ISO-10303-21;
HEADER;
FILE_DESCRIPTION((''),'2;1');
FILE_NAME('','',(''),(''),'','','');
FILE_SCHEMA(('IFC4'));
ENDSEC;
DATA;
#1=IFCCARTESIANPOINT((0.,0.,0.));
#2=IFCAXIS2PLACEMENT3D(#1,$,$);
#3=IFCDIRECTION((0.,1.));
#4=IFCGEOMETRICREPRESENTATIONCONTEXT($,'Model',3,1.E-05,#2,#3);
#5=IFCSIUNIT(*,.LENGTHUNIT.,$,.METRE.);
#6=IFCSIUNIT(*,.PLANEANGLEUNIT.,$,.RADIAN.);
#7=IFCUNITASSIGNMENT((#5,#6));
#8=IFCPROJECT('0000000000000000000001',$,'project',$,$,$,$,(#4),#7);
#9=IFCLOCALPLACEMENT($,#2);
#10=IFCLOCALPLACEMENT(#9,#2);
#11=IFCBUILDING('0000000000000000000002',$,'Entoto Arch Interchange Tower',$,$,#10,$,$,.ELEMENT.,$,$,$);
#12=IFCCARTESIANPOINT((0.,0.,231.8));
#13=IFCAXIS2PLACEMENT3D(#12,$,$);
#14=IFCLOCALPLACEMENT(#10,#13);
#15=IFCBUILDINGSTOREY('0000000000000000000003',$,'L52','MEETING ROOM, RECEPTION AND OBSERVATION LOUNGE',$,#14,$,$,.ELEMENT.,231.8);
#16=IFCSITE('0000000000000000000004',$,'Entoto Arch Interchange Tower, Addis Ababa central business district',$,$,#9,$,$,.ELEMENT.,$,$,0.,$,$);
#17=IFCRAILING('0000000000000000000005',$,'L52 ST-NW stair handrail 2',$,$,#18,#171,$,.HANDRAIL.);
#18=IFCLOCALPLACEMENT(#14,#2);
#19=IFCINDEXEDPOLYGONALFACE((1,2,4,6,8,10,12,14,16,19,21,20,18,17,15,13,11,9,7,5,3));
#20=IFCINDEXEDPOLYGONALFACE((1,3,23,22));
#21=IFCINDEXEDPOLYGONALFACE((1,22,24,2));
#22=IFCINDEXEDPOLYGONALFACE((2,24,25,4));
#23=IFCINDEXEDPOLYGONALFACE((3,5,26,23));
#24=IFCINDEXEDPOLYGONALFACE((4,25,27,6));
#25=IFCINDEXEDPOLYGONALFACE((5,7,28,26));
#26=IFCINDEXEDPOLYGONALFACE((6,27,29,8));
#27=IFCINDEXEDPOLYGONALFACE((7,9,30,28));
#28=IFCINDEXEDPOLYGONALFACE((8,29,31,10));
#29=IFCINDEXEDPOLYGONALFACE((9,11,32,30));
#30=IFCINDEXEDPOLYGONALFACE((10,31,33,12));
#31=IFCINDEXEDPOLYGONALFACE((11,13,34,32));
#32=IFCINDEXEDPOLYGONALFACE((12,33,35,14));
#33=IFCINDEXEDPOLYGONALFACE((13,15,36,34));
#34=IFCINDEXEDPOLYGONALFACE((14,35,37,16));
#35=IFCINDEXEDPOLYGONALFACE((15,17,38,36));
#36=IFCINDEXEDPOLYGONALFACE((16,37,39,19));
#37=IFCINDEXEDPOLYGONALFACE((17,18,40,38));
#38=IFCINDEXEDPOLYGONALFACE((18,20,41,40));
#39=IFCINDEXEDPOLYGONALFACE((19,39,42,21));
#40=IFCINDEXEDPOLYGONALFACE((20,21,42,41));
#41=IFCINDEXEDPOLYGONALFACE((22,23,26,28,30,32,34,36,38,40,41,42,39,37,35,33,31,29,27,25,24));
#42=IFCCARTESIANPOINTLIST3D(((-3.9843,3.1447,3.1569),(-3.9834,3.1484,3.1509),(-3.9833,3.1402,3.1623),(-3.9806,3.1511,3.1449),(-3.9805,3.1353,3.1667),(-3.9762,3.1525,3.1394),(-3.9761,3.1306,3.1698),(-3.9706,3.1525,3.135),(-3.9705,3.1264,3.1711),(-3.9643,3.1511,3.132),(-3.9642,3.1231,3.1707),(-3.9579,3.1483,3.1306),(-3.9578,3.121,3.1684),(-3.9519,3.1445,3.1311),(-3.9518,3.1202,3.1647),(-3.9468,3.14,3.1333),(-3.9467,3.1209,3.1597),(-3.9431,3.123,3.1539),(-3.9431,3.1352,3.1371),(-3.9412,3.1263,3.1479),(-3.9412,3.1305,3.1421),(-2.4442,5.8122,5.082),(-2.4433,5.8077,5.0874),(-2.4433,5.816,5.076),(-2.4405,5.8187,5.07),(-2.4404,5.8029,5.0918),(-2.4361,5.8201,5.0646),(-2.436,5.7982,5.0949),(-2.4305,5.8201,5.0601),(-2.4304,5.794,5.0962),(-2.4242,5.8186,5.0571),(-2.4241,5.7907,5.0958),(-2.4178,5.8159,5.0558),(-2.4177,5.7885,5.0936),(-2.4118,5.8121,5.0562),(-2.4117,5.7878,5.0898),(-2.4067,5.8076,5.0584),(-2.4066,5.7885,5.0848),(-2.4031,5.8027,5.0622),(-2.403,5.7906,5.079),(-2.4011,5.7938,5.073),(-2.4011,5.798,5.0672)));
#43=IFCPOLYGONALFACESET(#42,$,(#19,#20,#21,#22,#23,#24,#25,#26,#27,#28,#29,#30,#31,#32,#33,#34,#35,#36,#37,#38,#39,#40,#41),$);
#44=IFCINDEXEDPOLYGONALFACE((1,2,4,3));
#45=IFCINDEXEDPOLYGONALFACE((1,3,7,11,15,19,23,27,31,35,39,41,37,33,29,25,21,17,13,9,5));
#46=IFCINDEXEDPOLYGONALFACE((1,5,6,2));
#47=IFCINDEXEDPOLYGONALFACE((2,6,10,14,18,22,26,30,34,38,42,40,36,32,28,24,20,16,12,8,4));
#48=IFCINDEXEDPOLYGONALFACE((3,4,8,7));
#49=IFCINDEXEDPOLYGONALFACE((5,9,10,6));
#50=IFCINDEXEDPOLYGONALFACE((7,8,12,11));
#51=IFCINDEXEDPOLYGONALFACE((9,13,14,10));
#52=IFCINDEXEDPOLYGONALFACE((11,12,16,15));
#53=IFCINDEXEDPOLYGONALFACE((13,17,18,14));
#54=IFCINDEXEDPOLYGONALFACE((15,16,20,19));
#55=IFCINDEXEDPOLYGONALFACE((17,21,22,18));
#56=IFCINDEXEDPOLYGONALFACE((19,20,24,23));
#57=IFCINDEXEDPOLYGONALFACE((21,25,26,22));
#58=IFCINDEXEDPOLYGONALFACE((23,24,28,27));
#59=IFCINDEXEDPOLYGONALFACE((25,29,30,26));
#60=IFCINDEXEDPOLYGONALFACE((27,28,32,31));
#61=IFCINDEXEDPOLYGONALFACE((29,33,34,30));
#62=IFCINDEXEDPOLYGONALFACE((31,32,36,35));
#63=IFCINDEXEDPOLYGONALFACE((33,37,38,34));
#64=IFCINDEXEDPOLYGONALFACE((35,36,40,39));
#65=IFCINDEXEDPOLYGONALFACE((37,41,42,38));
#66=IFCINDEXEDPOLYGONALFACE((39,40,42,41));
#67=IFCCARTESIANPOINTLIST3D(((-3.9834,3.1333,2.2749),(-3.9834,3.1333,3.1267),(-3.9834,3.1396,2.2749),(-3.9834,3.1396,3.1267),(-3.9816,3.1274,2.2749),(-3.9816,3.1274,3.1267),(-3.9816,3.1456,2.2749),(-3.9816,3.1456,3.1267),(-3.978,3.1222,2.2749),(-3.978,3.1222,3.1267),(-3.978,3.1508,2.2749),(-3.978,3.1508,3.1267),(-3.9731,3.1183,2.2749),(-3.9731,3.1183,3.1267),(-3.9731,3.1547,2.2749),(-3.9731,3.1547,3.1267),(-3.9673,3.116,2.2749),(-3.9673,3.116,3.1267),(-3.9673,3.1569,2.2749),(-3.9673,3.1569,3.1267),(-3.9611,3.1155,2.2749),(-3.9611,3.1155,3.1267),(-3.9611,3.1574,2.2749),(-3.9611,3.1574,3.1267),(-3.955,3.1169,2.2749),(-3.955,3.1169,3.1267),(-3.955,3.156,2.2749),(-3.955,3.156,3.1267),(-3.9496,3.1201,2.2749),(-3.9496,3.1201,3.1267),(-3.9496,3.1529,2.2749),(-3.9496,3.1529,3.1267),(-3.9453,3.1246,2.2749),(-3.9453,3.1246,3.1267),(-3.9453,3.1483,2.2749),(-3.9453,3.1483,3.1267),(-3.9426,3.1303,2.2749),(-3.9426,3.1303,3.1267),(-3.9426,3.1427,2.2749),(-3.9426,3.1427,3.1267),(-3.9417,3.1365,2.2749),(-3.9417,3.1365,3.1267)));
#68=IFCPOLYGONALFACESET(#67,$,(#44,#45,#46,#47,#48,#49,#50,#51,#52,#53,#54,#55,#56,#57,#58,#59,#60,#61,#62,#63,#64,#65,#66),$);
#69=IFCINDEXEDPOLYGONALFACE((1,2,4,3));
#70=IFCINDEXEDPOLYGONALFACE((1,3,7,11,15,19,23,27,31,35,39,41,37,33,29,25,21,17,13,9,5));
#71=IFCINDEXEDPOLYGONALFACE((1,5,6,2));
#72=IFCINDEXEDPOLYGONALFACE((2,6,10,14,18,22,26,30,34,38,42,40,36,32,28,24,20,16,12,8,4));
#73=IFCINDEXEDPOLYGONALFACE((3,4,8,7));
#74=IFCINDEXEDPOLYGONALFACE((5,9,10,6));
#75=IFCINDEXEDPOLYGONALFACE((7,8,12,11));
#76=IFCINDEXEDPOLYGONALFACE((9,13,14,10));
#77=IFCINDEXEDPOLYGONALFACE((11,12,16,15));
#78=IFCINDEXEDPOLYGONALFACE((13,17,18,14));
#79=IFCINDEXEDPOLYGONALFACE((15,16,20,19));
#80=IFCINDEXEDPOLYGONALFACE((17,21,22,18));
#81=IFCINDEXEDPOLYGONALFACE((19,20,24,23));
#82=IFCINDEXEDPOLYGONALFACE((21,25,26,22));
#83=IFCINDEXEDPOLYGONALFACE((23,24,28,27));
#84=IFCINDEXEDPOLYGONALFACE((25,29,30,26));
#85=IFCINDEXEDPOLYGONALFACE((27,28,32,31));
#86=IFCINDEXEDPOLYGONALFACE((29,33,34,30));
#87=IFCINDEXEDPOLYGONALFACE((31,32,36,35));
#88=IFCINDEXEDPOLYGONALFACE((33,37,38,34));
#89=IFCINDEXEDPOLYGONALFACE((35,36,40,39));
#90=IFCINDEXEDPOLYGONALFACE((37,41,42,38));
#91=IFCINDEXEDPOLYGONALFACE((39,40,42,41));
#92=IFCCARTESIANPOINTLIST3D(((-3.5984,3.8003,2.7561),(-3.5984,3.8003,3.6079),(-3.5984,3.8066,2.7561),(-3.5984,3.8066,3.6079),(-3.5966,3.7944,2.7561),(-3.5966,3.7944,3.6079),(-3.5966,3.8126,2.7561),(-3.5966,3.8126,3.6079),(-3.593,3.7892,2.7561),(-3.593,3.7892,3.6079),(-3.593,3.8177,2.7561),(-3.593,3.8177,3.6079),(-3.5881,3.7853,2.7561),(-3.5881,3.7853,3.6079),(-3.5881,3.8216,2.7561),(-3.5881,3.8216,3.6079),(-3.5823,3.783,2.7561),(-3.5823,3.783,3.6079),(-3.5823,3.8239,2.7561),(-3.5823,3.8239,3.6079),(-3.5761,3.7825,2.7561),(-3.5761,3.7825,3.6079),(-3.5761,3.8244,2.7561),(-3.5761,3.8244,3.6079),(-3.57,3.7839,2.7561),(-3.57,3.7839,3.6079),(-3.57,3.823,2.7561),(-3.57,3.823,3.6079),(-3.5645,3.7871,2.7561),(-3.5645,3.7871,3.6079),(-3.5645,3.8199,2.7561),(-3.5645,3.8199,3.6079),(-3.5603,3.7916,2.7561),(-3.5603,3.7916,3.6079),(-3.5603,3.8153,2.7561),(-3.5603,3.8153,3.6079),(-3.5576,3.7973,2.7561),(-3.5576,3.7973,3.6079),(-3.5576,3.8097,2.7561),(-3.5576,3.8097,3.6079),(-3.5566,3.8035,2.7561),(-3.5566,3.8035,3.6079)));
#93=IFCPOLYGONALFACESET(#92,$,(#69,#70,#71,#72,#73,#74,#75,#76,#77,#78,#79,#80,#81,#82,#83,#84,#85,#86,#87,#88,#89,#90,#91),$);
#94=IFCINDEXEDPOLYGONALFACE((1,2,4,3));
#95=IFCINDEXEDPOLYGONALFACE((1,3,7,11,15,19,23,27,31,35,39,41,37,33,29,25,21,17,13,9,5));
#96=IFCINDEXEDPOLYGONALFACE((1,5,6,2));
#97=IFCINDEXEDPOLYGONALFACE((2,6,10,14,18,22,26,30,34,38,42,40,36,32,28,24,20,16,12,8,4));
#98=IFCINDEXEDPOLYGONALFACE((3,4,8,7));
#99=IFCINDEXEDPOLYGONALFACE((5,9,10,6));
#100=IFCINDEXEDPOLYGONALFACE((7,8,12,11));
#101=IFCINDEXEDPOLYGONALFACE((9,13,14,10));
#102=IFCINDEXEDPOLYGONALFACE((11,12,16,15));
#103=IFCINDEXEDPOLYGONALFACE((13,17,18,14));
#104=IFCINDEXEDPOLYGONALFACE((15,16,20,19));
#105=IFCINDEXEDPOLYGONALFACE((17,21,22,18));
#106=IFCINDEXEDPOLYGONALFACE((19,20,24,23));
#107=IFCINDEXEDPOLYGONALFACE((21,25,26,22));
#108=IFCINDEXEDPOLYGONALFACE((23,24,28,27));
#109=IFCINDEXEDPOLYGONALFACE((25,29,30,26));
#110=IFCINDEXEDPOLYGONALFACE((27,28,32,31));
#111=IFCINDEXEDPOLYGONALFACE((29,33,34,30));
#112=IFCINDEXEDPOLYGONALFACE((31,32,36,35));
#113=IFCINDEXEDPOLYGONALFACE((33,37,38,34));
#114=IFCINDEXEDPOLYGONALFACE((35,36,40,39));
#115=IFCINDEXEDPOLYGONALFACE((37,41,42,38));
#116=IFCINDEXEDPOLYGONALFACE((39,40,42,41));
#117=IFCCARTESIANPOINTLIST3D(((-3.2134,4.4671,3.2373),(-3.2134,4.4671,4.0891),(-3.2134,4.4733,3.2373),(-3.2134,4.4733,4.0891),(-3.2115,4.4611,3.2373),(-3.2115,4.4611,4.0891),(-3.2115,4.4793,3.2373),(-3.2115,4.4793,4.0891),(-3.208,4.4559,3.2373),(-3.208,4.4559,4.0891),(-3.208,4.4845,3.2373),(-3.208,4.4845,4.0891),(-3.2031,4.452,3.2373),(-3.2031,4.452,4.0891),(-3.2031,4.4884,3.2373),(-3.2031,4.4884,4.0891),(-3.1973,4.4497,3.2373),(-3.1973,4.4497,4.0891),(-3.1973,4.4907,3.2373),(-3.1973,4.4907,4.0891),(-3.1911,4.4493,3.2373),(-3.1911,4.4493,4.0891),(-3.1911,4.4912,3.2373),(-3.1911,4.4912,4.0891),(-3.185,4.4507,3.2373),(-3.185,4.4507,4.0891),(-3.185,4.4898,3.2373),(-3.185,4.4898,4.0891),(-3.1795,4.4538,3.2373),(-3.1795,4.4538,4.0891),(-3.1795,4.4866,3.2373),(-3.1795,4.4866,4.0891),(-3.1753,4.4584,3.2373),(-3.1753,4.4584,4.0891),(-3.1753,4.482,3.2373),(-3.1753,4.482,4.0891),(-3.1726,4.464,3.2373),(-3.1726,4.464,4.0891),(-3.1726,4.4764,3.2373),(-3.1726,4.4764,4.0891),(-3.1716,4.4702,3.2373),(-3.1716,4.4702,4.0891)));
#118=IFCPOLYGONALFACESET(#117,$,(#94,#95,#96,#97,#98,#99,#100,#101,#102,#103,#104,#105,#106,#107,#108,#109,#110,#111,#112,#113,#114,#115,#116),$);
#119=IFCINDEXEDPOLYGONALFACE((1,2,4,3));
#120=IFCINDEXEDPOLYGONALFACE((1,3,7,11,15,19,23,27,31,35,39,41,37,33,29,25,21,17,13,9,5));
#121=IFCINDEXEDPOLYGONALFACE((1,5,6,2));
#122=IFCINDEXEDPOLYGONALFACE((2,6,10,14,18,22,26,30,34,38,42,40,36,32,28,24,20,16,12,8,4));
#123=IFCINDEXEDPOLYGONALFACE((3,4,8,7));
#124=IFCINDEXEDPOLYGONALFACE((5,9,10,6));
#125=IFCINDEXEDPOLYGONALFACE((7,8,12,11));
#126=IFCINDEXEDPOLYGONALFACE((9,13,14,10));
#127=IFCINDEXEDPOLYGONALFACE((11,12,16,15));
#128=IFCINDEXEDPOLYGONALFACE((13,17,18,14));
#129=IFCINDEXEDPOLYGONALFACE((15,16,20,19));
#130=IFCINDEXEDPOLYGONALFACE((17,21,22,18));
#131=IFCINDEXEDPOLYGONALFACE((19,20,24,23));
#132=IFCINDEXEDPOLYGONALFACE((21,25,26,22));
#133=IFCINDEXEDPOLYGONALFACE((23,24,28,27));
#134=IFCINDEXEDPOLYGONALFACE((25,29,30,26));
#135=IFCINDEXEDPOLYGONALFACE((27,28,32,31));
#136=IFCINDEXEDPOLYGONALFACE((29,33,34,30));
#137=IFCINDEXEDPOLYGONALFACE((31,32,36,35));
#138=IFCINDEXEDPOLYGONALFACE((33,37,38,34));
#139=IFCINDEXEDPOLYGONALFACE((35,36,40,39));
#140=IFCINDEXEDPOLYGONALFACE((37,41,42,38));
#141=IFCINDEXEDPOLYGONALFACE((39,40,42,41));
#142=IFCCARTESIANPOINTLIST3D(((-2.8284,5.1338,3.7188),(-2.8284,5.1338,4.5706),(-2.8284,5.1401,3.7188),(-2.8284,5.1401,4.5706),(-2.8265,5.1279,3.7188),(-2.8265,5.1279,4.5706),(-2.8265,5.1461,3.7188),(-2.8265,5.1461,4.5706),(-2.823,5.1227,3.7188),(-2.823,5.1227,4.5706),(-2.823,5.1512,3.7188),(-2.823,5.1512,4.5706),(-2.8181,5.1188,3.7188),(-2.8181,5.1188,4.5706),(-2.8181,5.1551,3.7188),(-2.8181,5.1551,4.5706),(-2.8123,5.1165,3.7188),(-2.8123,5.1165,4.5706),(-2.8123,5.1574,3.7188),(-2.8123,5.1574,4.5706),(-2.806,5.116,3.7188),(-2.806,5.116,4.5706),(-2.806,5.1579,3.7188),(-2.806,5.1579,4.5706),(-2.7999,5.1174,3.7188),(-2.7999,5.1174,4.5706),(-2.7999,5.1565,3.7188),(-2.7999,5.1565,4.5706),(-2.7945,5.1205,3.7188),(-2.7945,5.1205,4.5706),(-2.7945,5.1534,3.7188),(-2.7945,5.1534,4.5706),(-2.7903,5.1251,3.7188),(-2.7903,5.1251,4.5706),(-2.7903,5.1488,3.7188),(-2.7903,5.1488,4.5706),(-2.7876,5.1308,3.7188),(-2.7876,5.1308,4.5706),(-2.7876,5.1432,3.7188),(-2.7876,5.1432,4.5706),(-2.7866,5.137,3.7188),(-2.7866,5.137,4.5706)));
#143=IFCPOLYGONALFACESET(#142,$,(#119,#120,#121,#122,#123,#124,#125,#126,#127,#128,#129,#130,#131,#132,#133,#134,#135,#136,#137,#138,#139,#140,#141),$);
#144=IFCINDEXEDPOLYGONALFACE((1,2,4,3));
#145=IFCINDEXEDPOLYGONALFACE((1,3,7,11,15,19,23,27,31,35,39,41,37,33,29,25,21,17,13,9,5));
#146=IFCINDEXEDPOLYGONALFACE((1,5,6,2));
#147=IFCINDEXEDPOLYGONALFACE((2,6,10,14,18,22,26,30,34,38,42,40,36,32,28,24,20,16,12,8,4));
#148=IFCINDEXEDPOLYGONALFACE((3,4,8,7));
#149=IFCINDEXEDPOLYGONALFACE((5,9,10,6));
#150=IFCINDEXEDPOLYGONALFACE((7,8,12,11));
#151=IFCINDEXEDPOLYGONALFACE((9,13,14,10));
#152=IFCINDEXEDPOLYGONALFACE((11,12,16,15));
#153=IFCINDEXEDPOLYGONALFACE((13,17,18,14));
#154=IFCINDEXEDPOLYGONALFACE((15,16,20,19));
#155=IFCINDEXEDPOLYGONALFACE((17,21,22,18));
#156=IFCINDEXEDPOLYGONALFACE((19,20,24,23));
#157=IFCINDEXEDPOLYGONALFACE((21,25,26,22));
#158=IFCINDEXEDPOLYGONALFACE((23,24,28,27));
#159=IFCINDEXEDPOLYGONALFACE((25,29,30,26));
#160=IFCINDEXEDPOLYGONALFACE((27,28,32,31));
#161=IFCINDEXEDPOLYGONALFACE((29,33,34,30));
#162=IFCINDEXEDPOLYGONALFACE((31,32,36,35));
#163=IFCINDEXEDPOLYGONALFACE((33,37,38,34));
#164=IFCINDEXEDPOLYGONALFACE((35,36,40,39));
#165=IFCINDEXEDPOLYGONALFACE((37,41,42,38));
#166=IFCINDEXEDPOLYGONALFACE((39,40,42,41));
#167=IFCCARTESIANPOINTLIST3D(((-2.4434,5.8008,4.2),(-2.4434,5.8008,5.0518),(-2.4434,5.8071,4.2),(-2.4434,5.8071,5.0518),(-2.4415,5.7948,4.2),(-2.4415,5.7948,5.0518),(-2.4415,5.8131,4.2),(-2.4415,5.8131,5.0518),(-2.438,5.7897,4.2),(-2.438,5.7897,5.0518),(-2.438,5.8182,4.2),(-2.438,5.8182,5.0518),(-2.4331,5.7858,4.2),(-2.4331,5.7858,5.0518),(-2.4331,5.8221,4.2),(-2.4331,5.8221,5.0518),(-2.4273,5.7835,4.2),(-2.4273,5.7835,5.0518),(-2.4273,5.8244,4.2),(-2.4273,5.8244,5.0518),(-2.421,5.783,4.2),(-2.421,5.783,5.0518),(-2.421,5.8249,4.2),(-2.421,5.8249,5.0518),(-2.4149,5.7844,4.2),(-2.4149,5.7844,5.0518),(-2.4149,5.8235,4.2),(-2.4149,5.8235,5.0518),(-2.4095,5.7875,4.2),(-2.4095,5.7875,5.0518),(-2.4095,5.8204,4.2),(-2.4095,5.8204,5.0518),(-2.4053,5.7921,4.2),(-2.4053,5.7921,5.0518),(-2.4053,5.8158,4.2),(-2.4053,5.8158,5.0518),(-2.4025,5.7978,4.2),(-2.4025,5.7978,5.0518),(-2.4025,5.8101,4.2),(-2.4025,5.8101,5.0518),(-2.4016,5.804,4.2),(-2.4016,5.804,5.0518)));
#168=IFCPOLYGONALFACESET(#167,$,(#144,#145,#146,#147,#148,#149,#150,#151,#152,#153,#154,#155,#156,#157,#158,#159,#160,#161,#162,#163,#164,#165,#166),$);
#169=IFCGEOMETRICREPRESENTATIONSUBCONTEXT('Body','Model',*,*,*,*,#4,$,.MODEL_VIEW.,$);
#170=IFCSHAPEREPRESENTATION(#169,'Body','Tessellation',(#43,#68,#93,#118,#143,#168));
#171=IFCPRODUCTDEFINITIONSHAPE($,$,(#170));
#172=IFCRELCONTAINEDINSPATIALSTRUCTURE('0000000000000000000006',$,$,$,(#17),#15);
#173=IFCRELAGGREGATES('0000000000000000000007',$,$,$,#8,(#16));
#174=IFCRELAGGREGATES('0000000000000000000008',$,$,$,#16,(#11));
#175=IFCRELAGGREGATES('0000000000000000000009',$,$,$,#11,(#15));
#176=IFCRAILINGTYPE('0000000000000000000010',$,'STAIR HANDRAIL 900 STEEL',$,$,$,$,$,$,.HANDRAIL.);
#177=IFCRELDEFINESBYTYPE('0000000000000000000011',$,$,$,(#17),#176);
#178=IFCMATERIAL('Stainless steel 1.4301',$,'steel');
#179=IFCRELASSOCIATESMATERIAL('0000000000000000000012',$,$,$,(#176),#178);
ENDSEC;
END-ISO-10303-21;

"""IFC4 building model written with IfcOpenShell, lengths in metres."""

from ifc_helpers import new_model, si_unit, direction, frame, origin, origin_2d, place, context, subcontext, project, spatial, circle, extrude, material, type_object, element, save


model = new_model("IFC4")

# Units and contexts
model_context = context("Model", 3, precision=1e-05, world=origin(), true_north=direction((0.0, 1.0)))
body_context = subcontext(model_context, "Body", "Model", "MODEL_VIEW")
ifc_project = project(units=[si_unit("LENGTHUNIT", "METRE"), si_unit("PLANEANGLEUNIT", "RADIAN")], contexts=[model_context])

# Site, building, storey
site_placement = place(None, origin())
site = spatial("IfcSite", under=ifc_project, at=site_placement, Name="Entoto Arch Interchange Tower, Addis Ababa central business district", CompositionType="ELEMENT", RefElevation=0.0)
building_placement = place(site_placement, origin())
building = spatial("IfcBuilding", under=site, at=building_placement, Name="Entoto Arch Interchange Tower", CompositionType="ELEMENT")
storey_placement = place(building_placement, frame((0.0, 0.0, 231.8)))
storey = spatial("IfcBuildingStorey", under=building, at=storey_placement, Name="L52", Description="MEETING ROOM, RECEPTION AND OBSERVATION LOUNGE", CompositionType="ELEMENT", Elevation=231.8)

# Railing
ifc_material_1 = material(Name="Stainless steel 1.4301", Category="steel")
railing_type_1 = type_object("IfcRailingType", Name="STAIR HANDRAIL 900 STEEL", PredefinedType="HANDRAIL", material=ifc_material_1)
railing_1_placement = place(storey_placement, frame((-3.9626, 3.1365, 2.2749)))
element("IfcRailing", 1, at=railing_1_placement, inside=storey, type_object=railing_type_1, Name="L52 ST-NW stair handrail 2", PredefinedType="HANDRAIL", context=body_context, shape_type="SweptSolid", body=[
    extrude(circle(Radius=0.0239, at=origin_2d()), frame((0.0, 0.0, 0.876), z_axis=(0.423994, 0.734395, 0.529993), x_axis=(-0.86603, 0.499992, 0.0)), (0.0, 0.0, 1.0), 3.6323),
    extrude(circle(Radius=0.021, at=origin_2d()), origin(), (0.0, 0.0, 1.0), 0.8518),
    extrude(circle(Radius=0.021, at=origin_2d()), frame((0.385, 0.667, 0.4812)), (0.0, 0.0, 1.0), 0.8518),
    extrude(circle(Radius=0.021, at=origin_2d()), frame((0.77, 1.3337, 0.9624)), (0.0, 0.0, 1.0), 0.8518),
    extrude(circle(Radius=0.021, at=origin_2d()), frame((1.155, 2.0005, 1.4438)), (0.0, 0.0, 1.0), 0.8518),
    extrude(circle(Radius=0.021, at=origin_2d()), frame((1.54, 2.6675, 1.925)), (0.0, 0.0, 1.0), 0.8518),
])

save(model, "model.ifc")
